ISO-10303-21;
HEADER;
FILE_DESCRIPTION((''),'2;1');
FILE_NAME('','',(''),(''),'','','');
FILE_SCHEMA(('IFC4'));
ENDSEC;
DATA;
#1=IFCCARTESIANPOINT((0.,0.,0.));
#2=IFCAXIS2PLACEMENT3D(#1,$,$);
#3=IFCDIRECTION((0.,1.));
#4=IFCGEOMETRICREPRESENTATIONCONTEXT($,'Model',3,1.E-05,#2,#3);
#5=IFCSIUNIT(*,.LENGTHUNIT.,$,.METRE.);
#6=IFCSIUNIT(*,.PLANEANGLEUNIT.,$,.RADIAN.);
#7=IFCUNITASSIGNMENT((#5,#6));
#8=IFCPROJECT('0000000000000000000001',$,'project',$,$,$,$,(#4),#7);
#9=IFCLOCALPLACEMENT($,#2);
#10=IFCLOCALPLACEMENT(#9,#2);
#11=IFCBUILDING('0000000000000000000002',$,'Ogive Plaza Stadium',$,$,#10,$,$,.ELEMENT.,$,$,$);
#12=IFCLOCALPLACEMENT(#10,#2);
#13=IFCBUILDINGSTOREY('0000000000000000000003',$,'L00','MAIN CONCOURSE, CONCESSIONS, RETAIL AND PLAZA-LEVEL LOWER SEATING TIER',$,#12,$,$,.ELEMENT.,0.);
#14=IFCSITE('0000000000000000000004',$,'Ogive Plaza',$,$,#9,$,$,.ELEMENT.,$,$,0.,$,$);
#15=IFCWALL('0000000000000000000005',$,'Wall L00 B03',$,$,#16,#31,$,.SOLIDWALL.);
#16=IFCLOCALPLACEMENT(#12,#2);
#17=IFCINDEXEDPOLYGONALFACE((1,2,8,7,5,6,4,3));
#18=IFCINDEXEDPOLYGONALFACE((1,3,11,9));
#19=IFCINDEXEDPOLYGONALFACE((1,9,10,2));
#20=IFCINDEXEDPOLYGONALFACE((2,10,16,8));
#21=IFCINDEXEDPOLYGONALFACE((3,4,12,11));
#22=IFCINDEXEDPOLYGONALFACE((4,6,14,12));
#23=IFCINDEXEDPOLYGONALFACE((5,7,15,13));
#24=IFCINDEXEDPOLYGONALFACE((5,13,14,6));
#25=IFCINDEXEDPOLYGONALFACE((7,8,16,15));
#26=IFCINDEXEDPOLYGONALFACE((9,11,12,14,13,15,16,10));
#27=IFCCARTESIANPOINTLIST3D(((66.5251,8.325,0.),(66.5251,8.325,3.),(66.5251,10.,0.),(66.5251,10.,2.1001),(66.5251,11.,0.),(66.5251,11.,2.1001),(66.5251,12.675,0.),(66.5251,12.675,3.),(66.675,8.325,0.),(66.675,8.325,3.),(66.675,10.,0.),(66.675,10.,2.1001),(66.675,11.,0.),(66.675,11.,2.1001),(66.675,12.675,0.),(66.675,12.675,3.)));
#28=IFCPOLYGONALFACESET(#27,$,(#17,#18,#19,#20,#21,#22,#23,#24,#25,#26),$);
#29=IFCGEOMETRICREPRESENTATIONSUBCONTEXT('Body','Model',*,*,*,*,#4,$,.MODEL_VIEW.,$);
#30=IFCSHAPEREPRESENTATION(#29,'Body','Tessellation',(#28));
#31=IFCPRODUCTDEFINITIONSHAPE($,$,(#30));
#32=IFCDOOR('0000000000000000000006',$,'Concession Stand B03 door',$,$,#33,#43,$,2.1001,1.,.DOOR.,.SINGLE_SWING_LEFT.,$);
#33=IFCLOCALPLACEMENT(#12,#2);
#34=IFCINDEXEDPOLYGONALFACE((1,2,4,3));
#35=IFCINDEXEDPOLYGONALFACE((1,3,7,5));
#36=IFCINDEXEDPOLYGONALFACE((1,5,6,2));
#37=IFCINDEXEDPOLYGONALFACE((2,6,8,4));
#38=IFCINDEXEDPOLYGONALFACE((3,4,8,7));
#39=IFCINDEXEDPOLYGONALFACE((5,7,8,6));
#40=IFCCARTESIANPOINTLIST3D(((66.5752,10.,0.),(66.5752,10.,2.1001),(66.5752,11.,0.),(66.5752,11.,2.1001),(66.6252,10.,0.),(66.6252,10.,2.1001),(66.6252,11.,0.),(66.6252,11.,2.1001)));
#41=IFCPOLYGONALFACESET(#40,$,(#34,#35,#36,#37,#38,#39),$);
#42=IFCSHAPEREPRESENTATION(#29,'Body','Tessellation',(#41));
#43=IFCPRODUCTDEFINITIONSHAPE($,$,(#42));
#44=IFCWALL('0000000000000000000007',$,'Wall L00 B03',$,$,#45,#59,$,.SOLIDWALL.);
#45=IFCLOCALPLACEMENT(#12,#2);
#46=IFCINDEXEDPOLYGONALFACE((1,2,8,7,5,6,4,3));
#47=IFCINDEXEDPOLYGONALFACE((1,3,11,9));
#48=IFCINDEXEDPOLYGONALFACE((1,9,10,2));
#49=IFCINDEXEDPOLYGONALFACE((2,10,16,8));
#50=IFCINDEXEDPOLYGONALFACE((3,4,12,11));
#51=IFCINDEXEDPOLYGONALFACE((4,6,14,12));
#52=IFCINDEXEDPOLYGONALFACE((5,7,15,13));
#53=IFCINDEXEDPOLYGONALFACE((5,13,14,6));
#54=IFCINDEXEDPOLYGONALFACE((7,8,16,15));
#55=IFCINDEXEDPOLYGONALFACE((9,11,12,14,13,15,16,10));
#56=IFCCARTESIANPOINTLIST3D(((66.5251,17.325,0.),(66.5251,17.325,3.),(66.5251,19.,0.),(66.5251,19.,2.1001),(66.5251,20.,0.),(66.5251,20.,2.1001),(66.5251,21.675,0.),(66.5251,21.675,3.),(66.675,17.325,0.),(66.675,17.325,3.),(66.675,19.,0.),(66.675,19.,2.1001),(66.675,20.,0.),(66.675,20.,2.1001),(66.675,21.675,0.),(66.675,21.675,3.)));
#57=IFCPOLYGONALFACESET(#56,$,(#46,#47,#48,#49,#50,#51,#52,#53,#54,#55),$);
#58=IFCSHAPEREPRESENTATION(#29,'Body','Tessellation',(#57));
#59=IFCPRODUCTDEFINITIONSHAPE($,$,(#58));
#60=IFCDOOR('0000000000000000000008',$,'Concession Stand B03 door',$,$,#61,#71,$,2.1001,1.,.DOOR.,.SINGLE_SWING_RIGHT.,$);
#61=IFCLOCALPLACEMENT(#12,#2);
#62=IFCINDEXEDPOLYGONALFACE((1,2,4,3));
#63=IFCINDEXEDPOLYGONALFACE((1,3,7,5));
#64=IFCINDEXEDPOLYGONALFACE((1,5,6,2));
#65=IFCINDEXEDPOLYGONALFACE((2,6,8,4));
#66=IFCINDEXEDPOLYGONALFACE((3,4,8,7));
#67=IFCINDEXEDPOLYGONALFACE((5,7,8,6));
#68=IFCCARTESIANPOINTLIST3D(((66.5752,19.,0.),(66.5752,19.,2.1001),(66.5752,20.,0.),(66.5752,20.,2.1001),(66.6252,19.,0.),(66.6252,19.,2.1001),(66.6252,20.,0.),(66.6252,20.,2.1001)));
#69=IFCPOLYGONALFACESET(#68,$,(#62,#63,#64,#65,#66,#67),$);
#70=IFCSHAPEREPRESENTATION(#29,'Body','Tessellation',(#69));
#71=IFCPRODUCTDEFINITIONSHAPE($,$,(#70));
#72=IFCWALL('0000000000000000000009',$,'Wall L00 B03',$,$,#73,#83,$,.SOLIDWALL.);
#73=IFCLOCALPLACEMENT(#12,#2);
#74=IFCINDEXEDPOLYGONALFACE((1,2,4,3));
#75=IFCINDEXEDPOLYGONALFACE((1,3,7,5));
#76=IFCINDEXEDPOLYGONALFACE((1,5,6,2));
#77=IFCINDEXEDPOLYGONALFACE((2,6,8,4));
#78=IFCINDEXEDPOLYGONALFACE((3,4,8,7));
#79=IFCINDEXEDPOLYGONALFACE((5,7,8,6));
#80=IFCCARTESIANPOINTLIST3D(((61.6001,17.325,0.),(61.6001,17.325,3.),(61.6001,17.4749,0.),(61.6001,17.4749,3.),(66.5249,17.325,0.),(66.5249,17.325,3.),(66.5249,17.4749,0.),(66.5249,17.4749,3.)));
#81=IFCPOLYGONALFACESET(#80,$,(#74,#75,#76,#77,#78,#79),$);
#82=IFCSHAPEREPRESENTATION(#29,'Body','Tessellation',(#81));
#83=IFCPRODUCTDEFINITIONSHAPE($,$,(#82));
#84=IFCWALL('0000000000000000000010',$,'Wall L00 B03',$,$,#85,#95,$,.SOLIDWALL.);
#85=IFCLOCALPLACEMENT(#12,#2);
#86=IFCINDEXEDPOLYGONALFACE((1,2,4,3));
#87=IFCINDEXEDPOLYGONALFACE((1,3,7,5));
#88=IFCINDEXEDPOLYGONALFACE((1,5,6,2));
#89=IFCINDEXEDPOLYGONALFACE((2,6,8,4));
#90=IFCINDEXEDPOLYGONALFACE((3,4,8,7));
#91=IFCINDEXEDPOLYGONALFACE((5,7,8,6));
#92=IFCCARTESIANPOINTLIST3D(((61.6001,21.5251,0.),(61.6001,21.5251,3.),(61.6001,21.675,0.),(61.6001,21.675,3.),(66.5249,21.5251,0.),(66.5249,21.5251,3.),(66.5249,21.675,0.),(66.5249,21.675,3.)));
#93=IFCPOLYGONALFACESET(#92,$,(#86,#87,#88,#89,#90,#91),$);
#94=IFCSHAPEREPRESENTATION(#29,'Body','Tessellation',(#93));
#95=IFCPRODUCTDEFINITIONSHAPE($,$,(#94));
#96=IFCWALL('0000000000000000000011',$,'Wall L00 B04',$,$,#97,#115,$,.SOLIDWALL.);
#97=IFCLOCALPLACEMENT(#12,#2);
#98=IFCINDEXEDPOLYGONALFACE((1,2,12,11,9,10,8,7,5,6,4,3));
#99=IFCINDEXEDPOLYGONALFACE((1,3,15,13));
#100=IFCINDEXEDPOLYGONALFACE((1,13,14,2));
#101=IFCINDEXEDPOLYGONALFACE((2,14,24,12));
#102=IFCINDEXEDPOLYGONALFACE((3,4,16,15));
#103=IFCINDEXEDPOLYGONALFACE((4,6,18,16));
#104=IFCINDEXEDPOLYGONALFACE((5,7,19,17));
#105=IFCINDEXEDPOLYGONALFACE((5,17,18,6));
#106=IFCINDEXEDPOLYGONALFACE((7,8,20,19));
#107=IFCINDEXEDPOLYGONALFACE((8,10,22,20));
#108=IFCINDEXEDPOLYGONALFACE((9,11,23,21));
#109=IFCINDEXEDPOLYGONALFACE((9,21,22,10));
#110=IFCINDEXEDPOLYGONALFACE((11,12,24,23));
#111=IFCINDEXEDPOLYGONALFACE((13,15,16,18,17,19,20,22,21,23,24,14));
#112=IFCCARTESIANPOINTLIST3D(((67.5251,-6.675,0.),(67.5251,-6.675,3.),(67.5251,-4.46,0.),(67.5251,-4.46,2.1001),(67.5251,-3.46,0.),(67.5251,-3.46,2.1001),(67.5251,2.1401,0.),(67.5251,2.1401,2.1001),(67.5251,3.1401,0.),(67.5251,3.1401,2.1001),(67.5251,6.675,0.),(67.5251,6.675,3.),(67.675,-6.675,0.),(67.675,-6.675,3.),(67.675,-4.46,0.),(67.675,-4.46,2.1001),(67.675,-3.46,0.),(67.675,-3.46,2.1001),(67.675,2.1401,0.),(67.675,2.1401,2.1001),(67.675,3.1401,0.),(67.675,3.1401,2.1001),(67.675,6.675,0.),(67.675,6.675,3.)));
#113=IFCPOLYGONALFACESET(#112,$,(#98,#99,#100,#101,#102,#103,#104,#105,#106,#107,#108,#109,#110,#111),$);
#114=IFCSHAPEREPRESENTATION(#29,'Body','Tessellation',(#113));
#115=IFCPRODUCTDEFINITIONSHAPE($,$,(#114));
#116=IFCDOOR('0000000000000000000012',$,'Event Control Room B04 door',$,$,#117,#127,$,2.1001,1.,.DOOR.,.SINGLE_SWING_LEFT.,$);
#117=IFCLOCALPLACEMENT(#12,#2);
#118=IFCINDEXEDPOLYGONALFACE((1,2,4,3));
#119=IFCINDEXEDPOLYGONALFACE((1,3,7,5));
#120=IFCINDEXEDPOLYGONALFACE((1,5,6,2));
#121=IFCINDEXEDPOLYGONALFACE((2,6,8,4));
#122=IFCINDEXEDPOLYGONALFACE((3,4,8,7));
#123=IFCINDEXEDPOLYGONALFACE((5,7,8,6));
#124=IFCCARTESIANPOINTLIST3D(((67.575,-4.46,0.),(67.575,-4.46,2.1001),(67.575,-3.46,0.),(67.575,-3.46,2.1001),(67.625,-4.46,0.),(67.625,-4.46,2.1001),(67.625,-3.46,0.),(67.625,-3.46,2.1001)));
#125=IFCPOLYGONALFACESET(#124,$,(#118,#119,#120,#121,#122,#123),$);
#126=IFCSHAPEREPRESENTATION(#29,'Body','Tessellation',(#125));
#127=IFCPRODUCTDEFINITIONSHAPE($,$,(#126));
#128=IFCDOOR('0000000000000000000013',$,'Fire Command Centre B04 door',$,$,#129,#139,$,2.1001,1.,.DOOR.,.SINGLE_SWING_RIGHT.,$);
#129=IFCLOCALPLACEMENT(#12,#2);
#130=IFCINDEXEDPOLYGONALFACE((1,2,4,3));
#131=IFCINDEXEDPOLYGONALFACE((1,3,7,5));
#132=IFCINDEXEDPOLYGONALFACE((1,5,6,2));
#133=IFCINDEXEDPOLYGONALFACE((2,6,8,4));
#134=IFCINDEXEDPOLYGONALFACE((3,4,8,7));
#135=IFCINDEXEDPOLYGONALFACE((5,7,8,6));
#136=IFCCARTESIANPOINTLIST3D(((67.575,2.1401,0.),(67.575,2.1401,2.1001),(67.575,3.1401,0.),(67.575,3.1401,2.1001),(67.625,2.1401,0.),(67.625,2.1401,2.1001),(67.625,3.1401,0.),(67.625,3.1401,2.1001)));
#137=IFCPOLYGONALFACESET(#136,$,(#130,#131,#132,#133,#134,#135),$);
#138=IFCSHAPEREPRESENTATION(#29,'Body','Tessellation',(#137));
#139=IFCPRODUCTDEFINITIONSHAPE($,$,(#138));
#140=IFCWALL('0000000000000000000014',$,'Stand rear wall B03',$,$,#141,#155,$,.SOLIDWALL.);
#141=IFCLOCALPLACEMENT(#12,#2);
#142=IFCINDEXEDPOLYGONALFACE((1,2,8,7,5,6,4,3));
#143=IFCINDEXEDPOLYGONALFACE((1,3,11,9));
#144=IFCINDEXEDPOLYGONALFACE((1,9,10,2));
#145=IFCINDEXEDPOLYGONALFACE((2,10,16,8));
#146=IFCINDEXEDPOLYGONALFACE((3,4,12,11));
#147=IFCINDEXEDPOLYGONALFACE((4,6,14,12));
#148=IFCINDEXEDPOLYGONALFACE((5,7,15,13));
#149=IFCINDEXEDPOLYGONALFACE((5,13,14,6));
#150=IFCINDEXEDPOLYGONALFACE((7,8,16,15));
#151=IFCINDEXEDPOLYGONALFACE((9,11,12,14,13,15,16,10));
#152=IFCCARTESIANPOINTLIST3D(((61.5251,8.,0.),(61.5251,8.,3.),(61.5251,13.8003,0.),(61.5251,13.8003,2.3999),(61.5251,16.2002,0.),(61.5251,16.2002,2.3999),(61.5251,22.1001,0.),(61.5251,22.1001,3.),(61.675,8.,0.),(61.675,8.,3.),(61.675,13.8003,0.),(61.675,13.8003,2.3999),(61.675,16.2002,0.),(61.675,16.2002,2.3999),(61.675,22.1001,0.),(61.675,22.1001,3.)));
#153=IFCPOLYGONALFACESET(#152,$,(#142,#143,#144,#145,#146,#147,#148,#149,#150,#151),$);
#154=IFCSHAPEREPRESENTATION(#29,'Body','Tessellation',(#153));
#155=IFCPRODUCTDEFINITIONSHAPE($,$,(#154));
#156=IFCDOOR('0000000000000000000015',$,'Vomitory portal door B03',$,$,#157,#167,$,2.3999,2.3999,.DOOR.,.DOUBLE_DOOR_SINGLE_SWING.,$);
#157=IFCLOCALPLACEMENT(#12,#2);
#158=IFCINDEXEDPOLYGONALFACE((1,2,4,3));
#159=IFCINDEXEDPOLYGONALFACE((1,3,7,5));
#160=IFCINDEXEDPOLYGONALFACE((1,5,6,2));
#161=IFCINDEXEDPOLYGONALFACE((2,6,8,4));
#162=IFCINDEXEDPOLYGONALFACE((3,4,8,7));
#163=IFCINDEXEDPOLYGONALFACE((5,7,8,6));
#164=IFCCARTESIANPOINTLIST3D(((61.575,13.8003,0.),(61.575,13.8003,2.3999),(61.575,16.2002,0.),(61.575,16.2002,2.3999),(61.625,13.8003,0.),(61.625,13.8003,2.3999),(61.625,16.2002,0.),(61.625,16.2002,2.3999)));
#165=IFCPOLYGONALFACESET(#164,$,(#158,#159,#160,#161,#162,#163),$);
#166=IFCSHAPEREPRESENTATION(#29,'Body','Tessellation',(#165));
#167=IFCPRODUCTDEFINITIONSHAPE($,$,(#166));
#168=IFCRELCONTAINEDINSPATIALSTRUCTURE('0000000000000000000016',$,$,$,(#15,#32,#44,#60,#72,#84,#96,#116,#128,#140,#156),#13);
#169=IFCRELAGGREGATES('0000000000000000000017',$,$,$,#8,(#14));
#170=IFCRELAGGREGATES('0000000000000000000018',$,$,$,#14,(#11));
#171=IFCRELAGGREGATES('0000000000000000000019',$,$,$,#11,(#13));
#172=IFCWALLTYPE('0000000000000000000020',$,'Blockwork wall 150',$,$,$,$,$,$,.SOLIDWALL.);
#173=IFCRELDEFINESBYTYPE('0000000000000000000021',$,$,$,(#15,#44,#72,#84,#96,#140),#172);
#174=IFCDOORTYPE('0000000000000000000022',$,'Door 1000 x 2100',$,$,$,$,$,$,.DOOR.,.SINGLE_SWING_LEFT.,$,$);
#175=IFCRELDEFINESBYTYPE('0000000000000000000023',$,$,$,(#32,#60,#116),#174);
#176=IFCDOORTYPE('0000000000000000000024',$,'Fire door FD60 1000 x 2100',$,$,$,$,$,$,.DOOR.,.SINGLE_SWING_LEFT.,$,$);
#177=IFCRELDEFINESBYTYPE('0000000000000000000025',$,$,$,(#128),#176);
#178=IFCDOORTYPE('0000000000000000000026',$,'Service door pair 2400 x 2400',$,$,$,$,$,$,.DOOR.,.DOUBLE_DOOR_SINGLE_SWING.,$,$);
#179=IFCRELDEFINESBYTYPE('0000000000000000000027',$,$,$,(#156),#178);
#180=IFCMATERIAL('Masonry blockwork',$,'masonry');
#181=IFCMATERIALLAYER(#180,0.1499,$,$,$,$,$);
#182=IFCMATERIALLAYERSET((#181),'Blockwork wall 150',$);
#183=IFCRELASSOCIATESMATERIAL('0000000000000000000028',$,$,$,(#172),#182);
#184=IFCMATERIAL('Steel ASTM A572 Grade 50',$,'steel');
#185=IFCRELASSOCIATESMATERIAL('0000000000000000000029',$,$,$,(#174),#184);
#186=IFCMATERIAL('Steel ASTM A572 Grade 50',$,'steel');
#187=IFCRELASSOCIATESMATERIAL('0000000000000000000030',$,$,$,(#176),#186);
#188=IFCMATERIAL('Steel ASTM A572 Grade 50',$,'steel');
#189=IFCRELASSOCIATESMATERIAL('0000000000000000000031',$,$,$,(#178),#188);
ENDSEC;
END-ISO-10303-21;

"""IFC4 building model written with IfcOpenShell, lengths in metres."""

from ifc_helpers import new_model, si_unit, direction, frame, frame_2d, origin, place, context, subcontext, project, spatial, rectangle, extrude, material, layer, layer_set, type_object, element, fill, save


model = new_model("IFC4")

# Units and contexts
model_context = context("Model", 3, precision=1e-05, world=origin(), true_north=direction((0.0, 1.0)))
body_context = subcontext(model_context, "Body", "Model", "MODEL_VIEW")
ifc_project = project(units=[si_unit("LENGTHUNIT", "METRE"), si_unit("PLANEANGLEUNIT", "RADIAN")], contexts=[model_context])

# Site, building, storey
site_placement = place(None, origin())
site = spatial("IfcSite", under=ifc_project, at=site_placement, Name="Ogive Plaza", CompositionType="ELEMENT", RefElevation=0.0)
building_placement = place(site_placement, origin())
building = spatial("IfcBuilding", under=site, at=building_placement, Name="Ogive Plaza Stadium", CompositionType="ELEMENT")
storey_placement = place(building_placement, origin())
storey = spatial("IfcBuildingStorey", under=building, at=storey_placement, Name="L00", Description="MAIN CONCOURSE, CONCESSIONS, RETAIL AND PLAZA-LEVEL LOWER SEATING TIER", CompositionType="ELEMENT", Elevation=0.0)

# Shared definitions
ifc_material_1 = material(Name="Masonry blockwork", Category="masonry")
ifc_layer = layer(ifc_material_1, 0.1499)
ifc_layer_set = layer_set([ifc_layer], Name="Blockwork wall 150")
wall_type = type_object("IfcWallType", Name="Blockwork wall 150", PredefinedType="SOLIDWALL", material=ifc_layer_set)

# Walls, openings, doors
wall_1_placement = place(storey_placement, frame((66.6001, 8.325, 0.0), z_axis=(0.0, 0.0, 1.0), x_axis=(0.0, 1.0, 0.0)))
wall_1 = element("IfcWall", 1, at=wall_1_placement, inside=storey, type_object=wall_type, Name="Wall L00 B03", PredefinedType="SOLIDWALL", context=body_context, shape_type="SweptSolid", body=[
    extrude(rectangle(XDim=4.3501, YDim=0.1499, at=frame_2d((2.175, 0.0))), origin(), (0.0, 0.0, 1.0), 3.0),
])
opening_1_placement = place(wall_1_placement, frame((1.675, 0.0, 0.0)))
opening_1 = element("IfcOpeningElement", 2, at=opening_1_placement, cuts=wall_1, PredefinedType="OPENING", context=body_context, shape_type="SweptSolid", body=[
    extrude(rectangle(XDim=1.0, YDim=2.1001, at=frame_2d((0.5, 1.05))), frame((0.0, 0.075, 0.0), z_axis=(0.0, -1.0, 0.0), x_axis=(1.0, 0.0, 0.0)), (0.0, 0.0, 1.0), 0.1499),
])
ifc_material_2 = material(Name="Steel ASTM A572 Grade 50", Category="steel")
door_type_1 = type_object("IfcDoorType", Name="Door 1000 x 2100", OperationType="SINGLE_SWING_LEFT", PredefinedType="DOOR", material=ifc_material_2)
door_1_placement = place(opening_1_placement, origin())
door_1 = element("IfcDoor", 3, at=door_1_placement, inside=storey, type_object=door_type_1, Name="Concession Stand B03 door", OperationType="SINGLE_SWING_LEFT", OverallHeight=2.1001, OverallWidth=1.0, PredefinedType="DOOR", context=body_context, shape_type="SweptSolid", body=[
    extrude(rectangle(XDim=1.0, YDim=2.1001, at=frame_2d((0.5, 1.05))), frame((0.0, 0.0249, 0.0), z_axis=(0.0, -1.0, 0.0), x_axis=(1.0, 0.0, 0.0)), (0.0, 0.0, 1.0), 0.05),
])
fill(opening_1, door_1)
wall_2_placement = place(storey_placement, frame((66.6001, 17.325, 0.0), z_axis=(0.0, 0.0, 1.0), x_axis=(0.0, 1.0, 0.0)))
wall_2 = element("IfcWall", 4, at=wall_2_placement, inside=storey, type_object=wall_type, Name="Wall L00 B03", PredefinedType="SOLIDWALL", context=body_context, shape_type="SweptSolid", body=[
    extrude(rectangle(XDim=4.3501, YDim=0.1499, at=frame_2d((2.175, 0.0))), origin(), (0.0, 0.0, 1.0), 3.0),
])
opening_2_placement = place(wall_2_placement, frame((1.675, 0.0, 0.0)))
opening_2 = element("IfcOpeningElement", 5, at=opening_2_placement, cuts=wall_2, PredefinedType="OPENING", context=body_context, shape_type="SweptSolid", body=[
    extrude(rectangle(XDim=1.0, YDim=2.1001, at=frame_2d((0.5, 1.05))), frame((0.0, 0.075, 0.0), z_axis=(0.0, -1.0, 0.0), x_axis=(1.0, 0.0, 0.0)), (0.0, 0.0, 1.0), 0.1499),
])
door_2_placement = place(opening_2_placement, origin())
door_2 = element("IfcDoor", 6, at=door_2_placement, inside=storey, type_object=door_type_1, Name="Concession Stand B03 door", OperationType="SINGLE_SWING_RIGHT", OverallHeight=2.1001, OverallWidth=1.0, PredefinedType="DOOR", context=body_context, shape_type="SweptSolid", body=[
    extrude(rectangle(XDim=1.0, YDim=2.1001, at=frame_2d((0.5, 1.05))), frame((0.0, 0.0249, 0.0), z_axis=(0.0, -1.0, 0.0), x_axis=(1.0, 0.0, 0.0)), (0.0, 0.0, 1.0), 0.05),
])
fill(opening_2, door_2)

# Walls
for number, where, z_axis, x_axis, name in (
    (7, (61.6001, 17.3999, 0.0), (0.0, 0.0, 1.0), (1.0, 0.0, 0.0), "Wall L00 B03"),
    (8, (61.6001, 21.6001, 0.0), (0.0, 0.0, 1.0), (1.0, 0.0, 0.0), "Wall L00 B03"),
):
    element("IfcWall", number, at=place(storey_placement, frame(where, z_axis=z_axis, x_axis=x_axis)), inside=storey, type_object=wall_type, Name=name, PredefinedType="SOLIDWALL", context=body_context, shape_type="SweptSolid", body=[
        extrude(rectangle(XDim=4.9248, YDim=0.1499, at=frame_2d((2.4624, 0.0))), origin(), (0.0, 0.0, 1.0), 3.0),
    ])

# Wall, openings, doors
wall_3_placement = place(storey_placement, frame((67.6001, 6.675, 0.0), z_axis=(0.0, 0.0, 1.0), x_axis=(0.0, -1.0, 0.0)))
wall_3 = element("IfcWall", 9, at=wall_3_placement, inside=storey, type_object=wall_type, Name="Wall L00 B04", PredefinedType="SOLIDWALL", context=body_context, shape_type="SweptSolid", body=[
    extrude(rectangle(XDim=13.3501, YDim=0.1499, at=frame_2d((6.675, 0.0))), origin(), (0.0, 0.0, 1.0), 3.0),
])
opening_3_placement = place(wall_3_placement, frame((3.5349, 0.0, 0.0)))
opening_3 = element("IfcOpeningElement", 10, at=opening_3_placement, cuts=wall_3, PredefinedType="OPENING", context=body_context, shape_type="SweptSolid", body=[
    extrude(rectangle(XDim=1.0, YDim=2.1001, at=frame_2d((0.5, 1.05))), frame((0.0, 0.075, 0.0), z_axis=(0.0, -1.0, 0.0), x_axis=(1.0, 0.0, 0.0)), (0.0, 0.0, 1.0), 0.1499),
])
opening_4_placement = place(wall_3_placement, frame((10.135, 0.0, 0.0)))
opening_4 = element("IfcOpeningElement", 11, at=opening_4_placement, cuts=wall_3, PredefinedType="OPENING", context=body_context, shape_type="SweptSolid", body=[
    extrude(rectangle(XDim=1.0, YDim=2.1001, at=frame_2d((0.5, 1.05))), frame((0.0, 0.075, 0.0), z_axis=(0.0, -1.0, 0.0), x_axis=(1.0, 0.0, 0.0)), (0.0, 0.0, 1.0), 0.1499),
])
door_3_placement = place(opening_4_placement, origin())
door_3 = element("IfcDoor", 12, at=door_3_placement, inside=storey, type_object=door_type_1, Name="Event Control Room B04 door", OperationType="SINGLE_SWING_LEFT", OverallHeight=2.1001, OverallWidth=1.0, PredefinedType="DOOR", context=body_context, shape_type="SweptSolid", body=[
    extrude(rectangle(XDim=1.0, YDim=2.1001, at=frame_2d((0.5, 1.05))), frame((0.0, 0.0249, 0.0), z_axis=(0.0, -1.0, 0.0), x_axis=(1.0, 0.0, 0.0)), (0.0, 0.0, 1.0), 0.05),
])
fill(opening_4, door_3)
ifc_material_3 = material(Name="Steel ASTM A572 Grade 50", Category="steel")
door_type_2 = type_object("IfcDoorType", Name="Fire door FD60 1000 x 2100", OperationType="SINGLE_SWING_LEFT", PredefinedType="DOOR", material=ifc_material_3)
door_4_placement = place(opening_3_placement, origin())
door_4 = element("IfcDoor", 13, at=door_4_placement, inside=storey, type_object=door_type_2, Name="Fire Command Centre B04 door", OperationType="SINGLE_SWING_RIGHT", OverallHeight=2.1001, OverallWidth=1.0, PredefinedType="DOOR", context=body_context, shape_type="SweptSolid", body=[
    extrude(rectangle(XDim=1.0, YDim=2.1001, at=frame_2d((0.5, 1.05))), frame((0.0, 0.0249, 0.0), z_axis=(0.0, -1.0, 0.0), x_axis=(1.0, 0.0, 0.0)), (0.0, 0.0, 1.0), 0.05),
])
fill(opening_3, door_4)

# Wall, opening, door
wall_4_placement = place(storey_placement, frame((61.6001, 22.1001, 0.0), z_axis=(0.0, 0.0, 1.0), x_axis=(0.0, -1.0, 0.0)))
wall_4 = element("IfcWall", 14, at=wall_4_placement, inside=storey, type_object=wall_type, Name="Stand rear wall B03", PredefinedType="SOLIDWALL", context=body_context, shape_type="SweptSolid", body=[
    extrude(rectangle(XDim=14.1001, YDim=0.1499, at=frame_2d((7.05, 0.0))), origin(), (0.0, 0.0, 1.0), 3.0),
])
opening_5_placement = place(wall_4_placement, frame((5.8999, 0.0, 0.0)))
opening_5 = element("IfcOpeningElement", 15, at=opening_5_placement, cuts=wall_4, PredefinedType="OPENING", context=body_context, shape_type="SweptSolid", body=[
    extrude(rectangle(XDim=2.3999, YDim=2.3999, at=frame_2d((1.2, 1.2))), frame((0.0, 0.075, 0.0), z_axis=(0.0, -1.0, 0.0), x_axis=(1.0, 0.0, 0.0)), (0.0, 0.0, 1.0), 0.1499),
])
ifc_material_4 = material(Name="Steel ASTM A572 Grade 50", Category="steel")
door_type_3 = type_object("IfcDoorType", Name="Service door pair 2400 x 2400", OperationType="DOUBLE_DOOR_SINGLE_SWING", PredefinedType="DOOR", material=ifc_material_4)
door_5_placement = place(opening_5_placement, origin())
door_5 = element("IfcDoor", 16, at=door_5_placement, inside=storey, type_object=door_type_3, Name="Vomitory portal door B03", OperationType="DOUBLE_DOOR_SINGLE_SWING", OverallHeight=2.3999, OverallWidth=2.3999, PredefinedType="DOOR", context=body_context, shape_type="SweptSolid", body=[
    extrude(rectangle(XDim=2.3999, YDim=2.3999, at=frame_2d((1.2, 1.2))), frame((0.0, 0.0249, 0.0), z_axis=(0.0, -1.0, 0.0), x_axis=(1.0, 0.0, 0.0)), (0.0, 0.0, 1.0), 0.05),
])
fill(opening_5, door_5)

save(model, "model.ifc")
